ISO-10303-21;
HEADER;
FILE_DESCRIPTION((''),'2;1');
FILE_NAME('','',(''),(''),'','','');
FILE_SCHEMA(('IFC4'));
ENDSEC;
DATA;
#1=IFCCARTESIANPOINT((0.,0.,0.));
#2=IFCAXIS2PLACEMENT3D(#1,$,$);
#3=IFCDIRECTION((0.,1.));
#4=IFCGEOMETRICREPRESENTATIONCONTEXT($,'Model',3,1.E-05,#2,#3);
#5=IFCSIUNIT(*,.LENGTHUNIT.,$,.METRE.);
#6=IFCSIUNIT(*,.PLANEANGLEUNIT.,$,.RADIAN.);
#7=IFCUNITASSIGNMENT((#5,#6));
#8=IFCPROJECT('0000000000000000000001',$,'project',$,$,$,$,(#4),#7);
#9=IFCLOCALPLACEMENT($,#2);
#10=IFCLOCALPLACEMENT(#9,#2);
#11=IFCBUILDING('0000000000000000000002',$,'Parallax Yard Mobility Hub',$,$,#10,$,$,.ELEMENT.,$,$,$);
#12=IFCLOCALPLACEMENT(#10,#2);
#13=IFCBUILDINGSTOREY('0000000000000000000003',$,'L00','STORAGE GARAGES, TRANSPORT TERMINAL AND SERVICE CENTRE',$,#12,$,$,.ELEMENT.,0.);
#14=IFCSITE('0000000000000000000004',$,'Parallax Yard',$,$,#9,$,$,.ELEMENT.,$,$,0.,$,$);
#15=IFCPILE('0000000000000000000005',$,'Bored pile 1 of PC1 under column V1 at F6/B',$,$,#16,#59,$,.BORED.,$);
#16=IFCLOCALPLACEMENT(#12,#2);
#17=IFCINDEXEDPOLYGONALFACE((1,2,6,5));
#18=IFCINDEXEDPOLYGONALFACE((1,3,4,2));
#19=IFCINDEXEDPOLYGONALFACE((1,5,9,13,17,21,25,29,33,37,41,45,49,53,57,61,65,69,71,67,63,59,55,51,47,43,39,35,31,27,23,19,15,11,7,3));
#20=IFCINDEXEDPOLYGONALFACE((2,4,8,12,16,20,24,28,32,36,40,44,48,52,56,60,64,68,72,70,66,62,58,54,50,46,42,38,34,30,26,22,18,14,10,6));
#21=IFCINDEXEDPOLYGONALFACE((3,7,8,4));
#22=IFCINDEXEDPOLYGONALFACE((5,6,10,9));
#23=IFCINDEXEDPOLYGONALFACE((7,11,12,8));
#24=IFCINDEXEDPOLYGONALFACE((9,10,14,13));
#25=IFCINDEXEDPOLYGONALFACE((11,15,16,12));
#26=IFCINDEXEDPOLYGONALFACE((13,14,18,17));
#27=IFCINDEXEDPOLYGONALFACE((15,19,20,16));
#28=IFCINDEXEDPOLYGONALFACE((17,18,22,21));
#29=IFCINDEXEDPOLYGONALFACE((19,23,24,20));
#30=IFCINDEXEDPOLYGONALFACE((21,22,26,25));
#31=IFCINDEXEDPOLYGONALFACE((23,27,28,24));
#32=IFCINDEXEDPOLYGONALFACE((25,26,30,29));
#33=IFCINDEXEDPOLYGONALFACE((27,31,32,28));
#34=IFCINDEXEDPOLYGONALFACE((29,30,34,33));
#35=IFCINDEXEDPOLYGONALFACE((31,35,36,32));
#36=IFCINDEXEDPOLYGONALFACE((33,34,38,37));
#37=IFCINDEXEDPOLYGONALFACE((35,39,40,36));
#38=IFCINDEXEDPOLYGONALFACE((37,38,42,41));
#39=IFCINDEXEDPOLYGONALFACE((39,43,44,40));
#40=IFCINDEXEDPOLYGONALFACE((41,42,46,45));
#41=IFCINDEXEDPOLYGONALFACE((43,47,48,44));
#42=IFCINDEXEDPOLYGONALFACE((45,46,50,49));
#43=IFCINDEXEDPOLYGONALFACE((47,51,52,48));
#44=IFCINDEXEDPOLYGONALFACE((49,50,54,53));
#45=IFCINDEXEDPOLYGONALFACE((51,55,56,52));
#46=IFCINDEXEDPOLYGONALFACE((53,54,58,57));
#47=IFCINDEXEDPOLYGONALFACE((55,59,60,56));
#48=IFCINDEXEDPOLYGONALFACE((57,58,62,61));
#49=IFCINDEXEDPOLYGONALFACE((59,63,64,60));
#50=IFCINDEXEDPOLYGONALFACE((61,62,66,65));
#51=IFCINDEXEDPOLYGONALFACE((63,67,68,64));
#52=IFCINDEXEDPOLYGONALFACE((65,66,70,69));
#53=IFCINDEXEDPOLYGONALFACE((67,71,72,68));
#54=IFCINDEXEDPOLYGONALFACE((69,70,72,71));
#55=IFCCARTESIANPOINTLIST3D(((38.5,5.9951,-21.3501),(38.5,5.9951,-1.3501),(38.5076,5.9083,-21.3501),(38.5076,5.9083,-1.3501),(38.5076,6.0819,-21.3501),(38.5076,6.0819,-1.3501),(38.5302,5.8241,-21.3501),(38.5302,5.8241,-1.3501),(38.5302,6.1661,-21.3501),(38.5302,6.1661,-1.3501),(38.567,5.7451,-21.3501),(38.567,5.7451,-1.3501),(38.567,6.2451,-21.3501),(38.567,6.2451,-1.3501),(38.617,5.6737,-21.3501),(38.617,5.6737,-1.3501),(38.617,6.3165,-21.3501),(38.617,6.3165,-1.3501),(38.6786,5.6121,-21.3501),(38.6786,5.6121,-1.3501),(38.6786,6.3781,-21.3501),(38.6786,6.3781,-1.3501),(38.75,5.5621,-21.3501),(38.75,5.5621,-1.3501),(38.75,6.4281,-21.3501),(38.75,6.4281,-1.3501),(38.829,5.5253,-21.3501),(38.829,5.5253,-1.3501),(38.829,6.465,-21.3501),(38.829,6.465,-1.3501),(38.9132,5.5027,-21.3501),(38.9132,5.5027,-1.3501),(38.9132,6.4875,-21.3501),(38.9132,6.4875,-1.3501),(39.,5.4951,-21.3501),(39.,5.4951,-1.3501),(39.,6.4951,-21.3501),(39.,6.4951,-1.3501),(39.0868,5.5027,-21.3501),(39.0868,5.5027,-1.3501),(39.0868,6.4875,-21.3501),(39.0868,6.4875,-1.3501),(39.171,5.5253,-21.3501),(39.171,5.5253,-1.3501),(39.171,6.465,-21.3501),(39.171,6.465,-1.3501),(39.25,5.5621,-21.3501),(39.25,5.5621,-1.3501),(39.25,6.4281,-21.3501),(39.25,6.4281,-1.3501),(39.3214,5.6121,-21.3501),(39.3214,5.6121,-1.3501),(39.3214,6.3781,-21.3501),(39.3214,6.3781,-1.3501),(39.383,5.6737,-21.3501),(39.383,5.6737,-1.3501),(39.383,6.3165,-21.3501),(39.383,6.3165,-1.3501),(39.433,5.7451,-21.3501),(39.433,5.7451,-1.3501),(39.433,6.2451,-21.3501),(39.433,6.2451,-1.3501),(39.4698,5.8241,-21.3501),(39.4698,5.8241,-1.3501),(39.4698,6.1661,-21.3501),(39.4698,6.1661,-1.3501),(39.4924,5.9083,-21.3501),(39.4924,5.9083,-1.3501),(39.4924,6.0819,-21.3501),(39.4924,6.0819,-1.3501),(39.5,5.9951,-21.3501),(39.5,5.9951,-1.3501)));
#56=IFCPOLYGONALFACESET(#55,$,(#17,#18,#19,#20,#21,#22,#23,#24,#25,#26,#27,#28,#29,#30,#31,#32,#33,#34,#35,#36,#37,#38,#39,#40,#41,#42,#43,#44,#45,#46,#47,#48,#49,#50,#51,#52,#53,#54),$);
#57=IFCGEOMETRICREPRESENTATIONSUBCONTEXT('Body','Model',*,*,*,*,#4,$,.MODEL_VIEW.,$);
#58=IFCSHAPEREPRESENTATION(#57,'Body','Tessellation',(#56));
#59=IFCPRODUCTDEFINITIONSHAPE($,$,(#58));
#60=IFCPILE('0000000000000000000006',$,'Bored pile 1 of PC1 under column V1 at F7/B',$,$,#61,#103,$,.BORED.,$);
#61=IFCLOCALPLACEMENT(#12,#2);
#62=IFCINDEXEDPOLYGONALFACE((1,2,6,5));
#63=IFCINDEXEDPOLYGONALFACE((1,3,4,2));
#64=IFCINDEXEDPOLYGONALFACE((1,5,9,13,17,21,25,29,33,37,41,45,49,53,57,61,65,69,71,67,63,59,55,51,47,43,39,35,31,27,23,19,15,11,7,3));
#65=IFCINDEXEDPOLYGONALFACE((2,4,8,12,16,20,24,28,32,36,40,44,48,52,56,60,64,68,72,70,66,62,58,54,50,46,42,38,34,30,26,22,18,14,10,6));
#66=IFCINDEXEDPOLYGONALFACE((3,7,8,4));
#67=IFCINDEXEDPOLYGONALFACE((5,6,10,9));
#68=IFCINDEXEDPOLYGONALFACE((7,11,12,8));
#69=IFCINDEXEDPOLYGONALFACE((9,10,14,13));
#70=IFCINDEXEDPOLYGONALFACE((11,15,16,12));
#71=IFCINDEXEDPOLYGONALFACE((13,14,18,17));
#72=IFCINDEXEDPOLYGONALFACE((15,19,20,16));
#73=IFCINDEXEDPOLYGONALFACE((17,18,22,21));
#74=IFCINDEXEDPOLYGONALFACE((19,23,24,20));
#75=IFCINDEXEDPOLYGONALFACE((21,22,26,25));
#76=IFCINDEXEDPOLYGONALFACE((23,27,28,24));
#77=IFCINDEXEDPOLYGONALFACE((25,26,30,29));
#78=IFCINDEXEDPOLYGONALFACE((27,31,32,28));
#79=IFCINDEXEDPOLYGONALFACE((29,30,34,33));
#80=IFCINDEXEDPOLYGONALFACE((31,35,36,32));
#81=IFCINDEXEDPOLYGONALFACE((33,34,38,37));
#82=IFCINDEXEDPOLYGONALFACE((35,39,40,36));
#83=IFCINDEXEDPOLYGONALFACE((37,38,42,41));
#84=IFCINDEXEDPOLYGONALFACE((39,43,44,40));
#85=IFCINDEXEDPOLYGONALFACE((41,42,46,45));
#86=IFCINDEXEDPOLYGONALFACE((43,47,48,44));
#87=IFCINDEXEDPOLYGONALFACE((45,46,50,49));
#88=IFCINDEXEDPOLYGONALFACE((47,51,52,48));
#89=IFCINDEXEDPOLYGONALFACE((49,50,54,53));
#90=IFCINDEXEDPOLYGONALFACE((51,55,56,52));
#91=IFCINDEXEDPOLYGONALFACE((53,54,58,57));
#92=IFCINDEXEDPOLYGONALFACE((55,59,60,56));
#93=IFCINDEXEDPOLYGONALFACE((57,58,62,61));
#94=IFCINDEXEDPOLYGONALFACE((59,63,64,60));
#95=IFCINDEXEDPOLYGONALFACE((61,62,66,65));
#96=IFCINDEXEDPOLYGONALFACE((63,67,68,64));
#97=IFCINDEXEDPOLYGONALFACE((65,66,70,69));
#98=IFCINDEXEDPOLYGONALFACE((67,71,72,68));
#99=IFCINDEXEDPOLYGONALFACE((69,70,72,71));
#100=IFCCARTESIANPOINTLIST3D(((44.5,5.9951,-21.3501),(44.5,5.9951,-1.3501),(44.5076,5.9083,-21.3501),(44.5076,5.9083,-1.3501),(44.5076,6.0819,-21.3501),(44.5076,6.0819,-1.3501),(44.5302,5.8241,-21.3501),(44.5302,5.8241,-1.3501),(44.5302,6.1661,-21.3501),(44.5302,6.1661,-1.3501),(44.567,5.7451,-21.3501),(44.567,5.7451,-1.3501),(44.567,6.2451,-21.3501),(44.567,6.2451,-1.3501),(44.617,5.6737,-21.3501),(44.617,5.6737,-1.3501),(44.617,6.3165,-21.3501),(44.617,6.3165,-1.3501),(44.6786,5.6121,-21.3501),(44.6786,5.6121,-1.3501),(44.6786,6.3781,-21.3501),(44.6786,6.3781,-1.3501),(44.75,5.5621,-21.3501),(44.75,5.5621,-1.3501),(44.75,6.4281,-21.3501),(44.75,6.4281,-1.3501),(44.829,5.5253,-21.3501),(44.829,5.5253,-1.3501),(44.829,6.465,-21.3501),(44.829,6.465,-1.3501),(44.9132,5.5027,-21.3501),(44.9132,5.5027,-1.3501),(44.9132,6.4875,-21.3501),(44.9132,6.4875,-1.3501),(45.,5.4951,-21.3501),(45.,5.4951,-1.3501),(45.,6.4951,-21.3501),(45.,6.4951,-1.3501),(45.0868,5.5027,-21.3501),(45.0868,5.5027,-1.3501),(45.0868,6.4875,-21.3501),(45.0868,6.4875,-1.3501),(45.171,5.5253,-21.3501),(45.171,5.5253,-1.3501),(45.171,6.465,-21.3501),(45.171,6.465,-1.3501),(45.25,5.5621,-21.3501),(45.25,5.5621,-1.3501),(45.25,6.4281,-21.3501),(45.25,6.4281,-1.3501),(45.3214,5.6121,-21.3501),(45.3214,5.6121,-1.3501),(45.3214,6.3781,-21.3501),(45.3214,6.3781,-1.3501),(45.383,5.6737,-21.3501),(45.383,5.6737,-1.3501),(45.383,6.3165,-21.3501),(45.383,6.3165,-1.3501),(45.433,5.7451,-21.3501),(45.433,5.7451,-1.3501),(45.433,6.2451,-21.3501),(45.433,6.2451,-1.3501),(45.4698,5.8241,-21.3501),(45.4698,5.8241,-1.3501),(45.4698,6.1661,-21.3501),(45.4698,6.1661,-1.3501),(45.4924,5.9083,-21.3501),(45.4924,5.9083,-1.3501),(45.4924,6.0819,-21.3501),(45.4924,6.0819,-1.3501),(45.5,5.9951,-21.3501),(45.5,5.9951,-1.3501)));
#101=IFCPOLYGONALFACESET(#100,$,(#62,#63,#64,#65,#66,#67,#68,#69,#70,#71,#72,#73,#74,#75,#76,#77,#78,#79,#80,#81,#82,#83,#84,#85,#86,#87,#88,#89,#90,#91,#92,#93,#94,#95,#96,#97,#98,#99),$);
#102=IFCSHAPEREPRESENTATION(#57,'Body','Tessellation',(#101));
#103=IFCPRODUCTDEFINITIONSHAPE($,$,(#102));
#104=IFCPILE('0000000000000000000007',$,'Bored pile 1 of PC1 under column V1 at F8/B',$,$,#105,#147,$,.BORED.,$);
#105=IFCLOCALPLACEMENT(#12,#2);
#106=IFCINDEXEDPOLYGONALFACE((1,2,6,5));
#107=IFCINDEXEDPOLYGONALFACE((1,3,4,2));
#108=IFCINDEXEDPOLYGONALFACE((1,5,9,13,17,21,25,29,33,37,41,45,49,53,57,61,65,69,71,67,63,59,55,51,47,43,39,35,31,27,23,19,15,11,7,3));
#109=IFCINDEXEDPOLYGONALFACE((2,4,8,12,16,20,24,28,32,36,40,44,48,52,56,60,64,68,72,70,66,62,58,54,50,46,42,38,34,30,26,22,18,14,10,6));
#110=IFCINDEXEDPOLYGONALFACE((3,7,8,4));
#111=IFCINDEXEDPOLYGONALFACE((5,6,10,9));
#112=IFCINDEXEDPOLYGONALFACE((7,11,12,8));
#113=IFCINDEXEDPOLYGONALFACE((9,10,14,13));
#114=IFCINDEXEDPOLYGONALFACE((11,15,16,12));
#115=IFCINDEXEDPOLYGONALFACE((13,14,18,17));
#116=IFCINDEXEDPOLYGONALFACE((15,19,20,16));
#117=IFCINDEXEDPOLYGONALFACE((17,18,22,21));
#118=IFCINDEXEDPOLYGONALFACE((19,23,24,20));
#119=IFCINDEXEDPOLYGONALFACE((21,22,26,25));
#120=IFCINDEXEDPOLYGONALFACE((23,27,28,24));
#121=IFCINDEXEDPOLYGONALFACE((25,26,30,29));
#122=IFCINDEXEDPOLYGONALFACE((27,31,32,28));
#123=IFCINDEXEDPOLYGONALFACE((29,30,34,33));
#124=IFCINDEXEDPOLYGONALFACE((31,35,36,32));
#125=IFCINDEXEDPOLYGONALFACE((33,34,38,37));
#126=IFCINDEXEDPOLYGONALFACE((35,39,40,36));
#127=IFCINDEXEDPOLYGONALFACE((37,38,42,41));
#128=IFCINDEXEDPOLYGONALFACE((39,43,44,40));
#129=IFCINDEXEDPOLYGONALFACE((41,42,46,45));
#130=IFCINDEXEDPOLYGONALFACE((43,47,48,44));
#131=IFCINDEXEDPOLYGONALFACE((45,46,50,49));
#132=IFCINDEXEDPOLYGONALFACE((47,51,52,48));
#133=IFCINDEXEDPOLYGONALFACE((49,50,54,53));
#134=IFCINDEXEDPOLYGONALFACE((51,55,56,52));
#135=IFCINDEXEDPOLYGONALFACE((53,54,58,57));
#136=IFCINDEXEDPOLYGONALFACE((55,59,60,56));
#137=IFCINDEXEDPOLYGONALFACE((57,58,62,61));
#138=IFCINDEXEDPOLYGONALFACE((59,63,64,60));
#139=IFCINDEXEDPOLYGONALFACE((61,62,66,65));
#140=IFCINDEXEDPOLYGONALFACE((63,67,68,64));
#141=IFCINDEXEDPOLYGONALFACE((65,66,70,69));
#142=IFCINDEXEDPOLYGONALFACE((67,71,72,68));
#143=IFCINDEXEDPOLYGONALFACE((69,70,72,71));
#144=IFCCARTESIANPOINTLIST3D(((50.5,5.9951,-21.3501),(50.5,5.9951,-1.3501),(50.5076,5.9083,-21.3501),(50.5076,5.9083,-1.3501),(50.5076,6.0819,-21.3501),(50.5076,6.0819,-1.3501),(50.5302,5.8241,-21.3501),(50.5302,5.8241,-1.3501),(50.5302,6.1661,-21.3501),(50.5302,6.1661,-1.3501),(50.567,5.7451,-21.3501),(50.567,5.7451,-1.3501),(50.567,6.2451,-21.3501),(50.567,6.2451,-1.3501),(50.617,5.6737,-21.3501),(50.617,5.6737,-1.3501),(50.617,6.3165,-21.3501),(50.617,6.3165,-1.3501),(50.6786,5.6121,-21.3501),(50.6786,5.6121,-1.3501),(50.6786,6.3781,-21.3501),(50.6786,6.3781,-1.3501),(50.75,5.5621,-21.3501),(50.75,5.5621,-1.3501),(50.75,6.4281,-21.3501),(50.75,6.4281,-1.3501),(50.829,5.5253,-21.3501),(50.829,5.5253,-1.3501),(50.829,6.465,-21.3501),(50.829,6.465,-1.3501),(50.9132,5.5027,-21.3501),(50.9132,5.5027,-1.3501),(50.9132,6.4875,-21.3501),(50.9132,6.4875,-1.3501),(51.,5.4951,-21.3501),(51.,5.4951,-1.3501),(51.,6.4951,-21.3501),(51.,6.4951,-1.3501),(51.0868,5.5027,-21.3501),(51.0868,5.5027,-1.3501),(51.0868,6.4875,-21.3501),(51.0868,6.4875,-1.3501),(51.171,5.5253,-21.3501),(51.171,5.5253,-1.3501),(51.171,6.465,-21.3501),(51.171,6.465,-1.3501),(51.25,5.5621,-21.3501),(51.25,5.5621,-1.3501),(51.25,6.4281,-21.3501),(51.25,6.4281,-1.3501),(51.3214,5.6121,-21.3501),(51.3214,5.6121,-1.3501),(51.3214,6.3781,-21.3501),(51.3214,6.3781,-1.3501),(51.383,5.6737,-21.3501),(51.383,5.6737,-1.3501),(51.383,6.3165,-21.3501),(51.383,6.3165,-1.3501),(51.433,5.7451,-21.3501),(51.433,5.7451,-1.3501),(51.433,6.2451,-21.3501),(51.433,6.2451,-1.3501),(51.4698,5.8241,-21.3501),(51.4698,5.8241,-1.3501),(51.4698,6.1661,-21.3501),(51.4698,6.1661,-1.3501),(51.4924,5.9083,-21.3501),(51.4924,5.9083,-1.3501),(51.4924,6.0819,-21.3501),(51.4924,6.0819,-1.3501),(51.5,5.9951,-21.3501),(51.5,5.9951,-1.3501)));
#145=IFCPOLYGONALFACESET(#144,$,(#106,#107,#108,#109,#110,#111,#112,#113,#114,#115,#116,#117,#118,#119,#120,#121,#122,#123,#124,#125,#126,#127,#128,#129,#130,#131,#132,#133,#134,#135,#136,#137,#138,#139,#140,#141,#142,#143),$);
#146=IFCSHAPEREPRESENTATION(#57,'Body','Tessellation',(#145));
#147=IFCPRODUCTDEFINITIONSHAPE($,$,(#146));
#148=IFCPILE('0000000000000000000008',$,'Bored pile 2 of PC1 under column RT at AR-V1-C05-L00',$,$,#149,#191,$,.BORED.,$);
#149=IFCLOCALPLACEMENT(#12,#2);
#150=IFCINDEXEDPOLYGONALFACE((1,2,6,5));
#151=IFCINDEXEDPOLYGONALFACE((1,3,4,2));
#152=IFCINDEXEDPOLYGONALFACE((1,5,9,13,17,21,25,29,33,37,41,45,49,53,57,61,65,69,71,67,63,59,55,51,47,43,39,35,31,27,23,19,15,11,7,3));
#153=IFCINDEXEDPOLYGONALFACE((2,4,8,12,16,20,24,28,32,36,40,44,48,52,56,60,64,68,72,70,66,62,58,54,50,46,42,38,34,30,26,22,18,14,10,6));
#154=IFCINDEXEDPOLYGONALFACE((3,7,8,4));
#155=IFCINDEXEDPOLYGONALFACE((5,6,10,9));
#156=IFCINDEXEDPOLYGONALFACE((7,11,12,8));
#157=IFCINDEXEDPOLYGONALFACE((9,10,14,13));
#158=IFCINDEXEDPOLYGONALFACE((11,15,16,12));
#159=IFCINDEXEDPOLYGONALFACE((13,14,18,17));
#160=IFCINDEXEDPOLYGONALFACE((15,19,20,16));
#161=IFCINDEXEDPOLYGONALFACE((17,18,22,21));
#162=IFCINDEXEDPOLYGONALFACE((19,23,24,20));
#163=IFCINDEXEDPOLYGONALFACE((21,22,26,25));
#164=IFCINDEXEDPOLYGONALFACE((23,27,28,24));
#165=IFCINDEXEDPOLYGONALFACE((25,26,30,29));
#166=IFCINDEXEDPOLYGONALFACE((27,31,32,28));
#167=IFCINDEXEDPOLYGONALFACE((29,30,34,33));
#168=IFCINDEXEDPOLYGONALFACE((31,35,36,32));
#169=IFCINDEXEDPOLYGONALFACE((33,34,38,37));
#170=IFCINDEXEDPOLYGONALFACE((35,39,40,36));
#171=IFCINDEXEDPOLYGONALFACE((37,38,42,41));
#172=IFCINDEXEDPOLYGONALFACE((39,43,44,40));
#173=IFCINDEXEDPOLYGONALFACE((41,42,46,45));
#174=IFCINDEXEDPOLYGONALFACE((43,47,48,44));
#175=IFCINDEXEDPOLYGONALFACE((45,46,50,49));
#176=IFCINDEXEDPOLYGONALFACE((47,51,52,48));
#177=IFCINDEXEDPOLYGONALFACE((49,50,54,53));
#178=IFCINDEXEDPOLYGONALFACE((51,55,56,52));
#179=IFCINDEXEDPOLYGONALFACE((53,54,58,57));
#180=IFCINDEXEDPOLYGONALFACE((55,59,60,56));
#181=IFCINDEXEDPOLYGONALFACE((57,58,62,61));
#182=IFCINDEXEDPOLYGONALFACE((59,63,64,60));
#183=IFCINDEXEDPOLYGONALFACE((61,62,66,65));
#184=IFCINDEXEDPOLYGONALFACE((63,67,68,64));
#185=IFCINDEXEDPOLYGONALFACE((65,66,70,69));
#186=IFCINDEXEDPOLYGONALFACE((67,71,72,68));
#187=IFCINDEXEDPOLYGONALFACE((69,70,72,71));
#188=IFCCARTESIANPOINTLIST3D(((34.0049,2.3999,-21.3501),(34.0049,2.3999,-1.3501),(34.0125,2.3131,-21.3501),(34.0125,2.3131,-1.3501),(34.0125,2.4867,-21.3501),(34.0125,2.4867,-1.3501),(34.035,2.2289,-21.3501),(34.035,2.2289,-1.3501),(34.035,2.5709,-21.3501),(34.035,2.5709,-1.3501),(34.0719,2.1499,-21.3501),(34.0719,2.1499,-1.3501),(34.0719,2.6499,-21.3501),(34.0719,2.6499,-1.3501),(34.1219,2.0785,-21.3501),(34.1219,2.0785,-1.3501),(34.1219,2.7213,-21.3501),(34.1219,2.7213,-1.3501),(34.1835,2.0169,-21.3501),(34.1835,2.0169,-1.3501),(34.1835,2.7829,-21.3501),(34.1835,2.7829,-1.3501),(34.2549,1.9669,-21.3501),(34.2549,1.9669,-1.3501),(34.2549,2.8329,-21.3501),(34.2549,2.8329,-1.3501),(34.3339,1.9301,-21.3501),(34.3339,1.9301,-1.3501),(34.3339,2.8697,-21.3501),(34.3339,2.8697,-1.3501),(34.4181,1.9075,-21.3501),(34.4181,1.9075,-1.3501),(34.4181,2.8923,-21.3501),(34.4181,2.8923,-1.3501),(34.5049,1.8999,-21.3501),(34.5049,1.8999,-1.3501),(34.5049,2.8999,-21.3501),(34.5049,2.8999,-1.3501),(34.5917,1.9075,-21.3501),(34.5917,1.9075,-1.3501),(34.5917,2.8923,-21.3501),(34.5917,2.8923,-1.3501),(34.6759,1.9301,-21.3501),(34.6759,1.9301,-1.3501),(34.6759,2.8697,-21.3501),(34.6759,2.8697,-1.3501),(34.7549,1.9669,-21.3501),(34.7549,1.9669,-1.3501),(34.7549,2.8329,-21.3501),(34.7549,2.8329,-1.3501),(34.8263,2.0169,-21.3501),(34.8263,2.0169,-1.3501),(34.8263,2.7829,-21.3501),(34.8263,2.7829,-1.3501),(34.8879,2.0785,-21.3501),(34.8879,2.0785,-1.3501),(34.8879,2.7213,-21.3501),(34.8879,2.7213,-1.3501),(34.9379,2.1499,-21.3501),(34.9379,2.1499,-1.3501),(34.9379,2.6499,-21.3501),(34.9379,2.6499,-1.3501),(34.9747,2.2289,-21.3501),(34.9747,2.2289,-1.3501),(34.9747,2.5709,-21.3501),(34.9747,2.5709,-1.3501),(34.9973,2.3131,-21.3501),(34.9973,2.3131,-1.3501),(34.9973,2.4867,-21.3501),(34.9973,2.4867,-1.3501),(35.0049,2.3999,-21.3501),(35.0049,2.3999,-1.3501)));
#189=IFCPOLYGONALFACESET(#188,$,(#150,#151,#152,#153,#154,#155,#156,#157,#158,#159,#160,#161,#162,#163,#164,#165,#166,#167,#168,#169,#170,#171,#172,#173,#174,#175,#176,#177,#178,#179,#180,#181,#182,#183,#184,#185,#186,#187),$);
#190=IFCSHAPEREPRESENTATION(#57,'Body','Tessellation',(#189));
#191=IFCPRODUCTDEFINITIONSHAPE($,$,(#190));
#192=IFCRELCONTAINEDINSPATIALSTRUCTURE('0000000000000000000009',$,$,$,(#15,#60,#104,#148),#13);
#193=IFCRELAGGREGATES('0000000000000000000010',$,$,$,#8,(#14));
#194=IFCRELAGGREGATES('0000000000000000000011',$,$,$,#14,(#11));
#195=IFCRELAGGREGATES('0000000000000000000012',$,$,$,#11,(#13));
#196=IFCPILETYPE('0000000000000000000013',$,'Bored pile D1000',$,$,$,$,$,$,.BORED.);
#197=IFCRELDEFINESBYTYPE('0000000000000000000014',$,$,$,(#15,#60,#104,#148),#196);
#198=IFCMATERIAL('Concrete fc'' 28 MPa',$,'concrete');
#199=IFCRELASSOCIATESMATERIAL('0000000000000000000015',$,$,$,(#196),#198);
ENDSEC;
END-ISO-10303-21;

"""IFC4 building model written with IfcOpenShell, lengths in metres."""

from ifc_helpers import new_model, si_unit, direction, frame, origin, origin_2d, place, context, subcontext, project, spatial, circle, extrude, material, material_profile, profile_set, type_object, element, save


model = new_model("IFC4")

# Units and contexts
model_context = context("Model", 3, precision=1e-05, world=origin(), true_north=direction((0.0, 1.0)))
body_context = subcontext(model_context, "Body", "Model", "MODEL_VIEW")
ifc_project = project(units=[si_unit("LENGTHUNIT", "METRE"), si_unit("PLANEANGLEUNIT", "RADIAN")], contexts=[model_context])

# Site, building, storey
site_placement = place(None, origin())
site = spatial("IfcSite", under=ifc_project, at=site_placement, Name="Parallax Yard", CompositionType="ELEMENT", RefElevation=0.0)
building_placement = place(site_placement, origin())
building = spatial("IfcBuilding", under=site, at=building_placement, Name="Parallax Yard Mobility Hub", CompositionType="ELEMENT")
storey_placement = place(building_placement, origin())
storey = spatial("IfcBuildingStorey", under=building, at=storey_placement, Name="L00", Description="STORAGE GARAGES, TRANSPORT TERMINAL AND SERVICE CENTRE", CompositionType="ELEMENT", Elevation=0.0)

# Piles
ifc_material_1 = material(Name="Concrete fc' 28 MPa", Category="concrete")
ifc_material_profile_1 = material_profile(ifc_material_1, circle(Radius=0.5, at=origin_2d()), Name="Bored pile D1000")
ifc_profile_set_1 = profile_set([ifc_material_profile_1], Name="Concrete fc' 28 MPa")
pile_type = type_object("IfcPileType", Name="Bored pile D1000", PredefinedType="BORED", material=ifc_profile_set_1)
for number, where, z_axis, x_axis, name in (
    (1, (39.0, 5.9951, -1.3501), (0.0, 0.0, -1.0), (1.0, 0.0, 0.0), "Bored pile 1 of PC1 under column V1 at F6/B"),
    (2, (45.0, 5.9951, -1.3501), (0.0, 0.0, -1.0), (1.0, 0.0, 0.0), "Bored pile 1 of PC1 under column V1 at F7/B"),
    (3, (51.0, 5.9951, -1.3501), (0.0, 0.0, -1.0), (1.0, 0.0, 0.0), "Bored pile 1 of PC1 under column V1 at F8/B"),
    (4, (34.5049, 2.3999, -1.3501), (0.0, 0.0, -1.0), (1.0, 0.0, 0.0), "Bored pile 2 of PC1 under column RT at AR-V1-C05-L00"),
):
    element("IfcPile", number, at=place(storey_placement, frame(where, z_axis=z_axis, x_axis=x_axis)), inside=storey, type_object=pile_type, Name=name, PredefinedType="BORED", context=body_context, shape_type="SweptSolid", body=[
        extrude(circle(Radius=0.5, at=origin_2d()), origin(), (0.0, 0.0, 1.0), 20.0),
    ])

save(model, "model.ifc")
